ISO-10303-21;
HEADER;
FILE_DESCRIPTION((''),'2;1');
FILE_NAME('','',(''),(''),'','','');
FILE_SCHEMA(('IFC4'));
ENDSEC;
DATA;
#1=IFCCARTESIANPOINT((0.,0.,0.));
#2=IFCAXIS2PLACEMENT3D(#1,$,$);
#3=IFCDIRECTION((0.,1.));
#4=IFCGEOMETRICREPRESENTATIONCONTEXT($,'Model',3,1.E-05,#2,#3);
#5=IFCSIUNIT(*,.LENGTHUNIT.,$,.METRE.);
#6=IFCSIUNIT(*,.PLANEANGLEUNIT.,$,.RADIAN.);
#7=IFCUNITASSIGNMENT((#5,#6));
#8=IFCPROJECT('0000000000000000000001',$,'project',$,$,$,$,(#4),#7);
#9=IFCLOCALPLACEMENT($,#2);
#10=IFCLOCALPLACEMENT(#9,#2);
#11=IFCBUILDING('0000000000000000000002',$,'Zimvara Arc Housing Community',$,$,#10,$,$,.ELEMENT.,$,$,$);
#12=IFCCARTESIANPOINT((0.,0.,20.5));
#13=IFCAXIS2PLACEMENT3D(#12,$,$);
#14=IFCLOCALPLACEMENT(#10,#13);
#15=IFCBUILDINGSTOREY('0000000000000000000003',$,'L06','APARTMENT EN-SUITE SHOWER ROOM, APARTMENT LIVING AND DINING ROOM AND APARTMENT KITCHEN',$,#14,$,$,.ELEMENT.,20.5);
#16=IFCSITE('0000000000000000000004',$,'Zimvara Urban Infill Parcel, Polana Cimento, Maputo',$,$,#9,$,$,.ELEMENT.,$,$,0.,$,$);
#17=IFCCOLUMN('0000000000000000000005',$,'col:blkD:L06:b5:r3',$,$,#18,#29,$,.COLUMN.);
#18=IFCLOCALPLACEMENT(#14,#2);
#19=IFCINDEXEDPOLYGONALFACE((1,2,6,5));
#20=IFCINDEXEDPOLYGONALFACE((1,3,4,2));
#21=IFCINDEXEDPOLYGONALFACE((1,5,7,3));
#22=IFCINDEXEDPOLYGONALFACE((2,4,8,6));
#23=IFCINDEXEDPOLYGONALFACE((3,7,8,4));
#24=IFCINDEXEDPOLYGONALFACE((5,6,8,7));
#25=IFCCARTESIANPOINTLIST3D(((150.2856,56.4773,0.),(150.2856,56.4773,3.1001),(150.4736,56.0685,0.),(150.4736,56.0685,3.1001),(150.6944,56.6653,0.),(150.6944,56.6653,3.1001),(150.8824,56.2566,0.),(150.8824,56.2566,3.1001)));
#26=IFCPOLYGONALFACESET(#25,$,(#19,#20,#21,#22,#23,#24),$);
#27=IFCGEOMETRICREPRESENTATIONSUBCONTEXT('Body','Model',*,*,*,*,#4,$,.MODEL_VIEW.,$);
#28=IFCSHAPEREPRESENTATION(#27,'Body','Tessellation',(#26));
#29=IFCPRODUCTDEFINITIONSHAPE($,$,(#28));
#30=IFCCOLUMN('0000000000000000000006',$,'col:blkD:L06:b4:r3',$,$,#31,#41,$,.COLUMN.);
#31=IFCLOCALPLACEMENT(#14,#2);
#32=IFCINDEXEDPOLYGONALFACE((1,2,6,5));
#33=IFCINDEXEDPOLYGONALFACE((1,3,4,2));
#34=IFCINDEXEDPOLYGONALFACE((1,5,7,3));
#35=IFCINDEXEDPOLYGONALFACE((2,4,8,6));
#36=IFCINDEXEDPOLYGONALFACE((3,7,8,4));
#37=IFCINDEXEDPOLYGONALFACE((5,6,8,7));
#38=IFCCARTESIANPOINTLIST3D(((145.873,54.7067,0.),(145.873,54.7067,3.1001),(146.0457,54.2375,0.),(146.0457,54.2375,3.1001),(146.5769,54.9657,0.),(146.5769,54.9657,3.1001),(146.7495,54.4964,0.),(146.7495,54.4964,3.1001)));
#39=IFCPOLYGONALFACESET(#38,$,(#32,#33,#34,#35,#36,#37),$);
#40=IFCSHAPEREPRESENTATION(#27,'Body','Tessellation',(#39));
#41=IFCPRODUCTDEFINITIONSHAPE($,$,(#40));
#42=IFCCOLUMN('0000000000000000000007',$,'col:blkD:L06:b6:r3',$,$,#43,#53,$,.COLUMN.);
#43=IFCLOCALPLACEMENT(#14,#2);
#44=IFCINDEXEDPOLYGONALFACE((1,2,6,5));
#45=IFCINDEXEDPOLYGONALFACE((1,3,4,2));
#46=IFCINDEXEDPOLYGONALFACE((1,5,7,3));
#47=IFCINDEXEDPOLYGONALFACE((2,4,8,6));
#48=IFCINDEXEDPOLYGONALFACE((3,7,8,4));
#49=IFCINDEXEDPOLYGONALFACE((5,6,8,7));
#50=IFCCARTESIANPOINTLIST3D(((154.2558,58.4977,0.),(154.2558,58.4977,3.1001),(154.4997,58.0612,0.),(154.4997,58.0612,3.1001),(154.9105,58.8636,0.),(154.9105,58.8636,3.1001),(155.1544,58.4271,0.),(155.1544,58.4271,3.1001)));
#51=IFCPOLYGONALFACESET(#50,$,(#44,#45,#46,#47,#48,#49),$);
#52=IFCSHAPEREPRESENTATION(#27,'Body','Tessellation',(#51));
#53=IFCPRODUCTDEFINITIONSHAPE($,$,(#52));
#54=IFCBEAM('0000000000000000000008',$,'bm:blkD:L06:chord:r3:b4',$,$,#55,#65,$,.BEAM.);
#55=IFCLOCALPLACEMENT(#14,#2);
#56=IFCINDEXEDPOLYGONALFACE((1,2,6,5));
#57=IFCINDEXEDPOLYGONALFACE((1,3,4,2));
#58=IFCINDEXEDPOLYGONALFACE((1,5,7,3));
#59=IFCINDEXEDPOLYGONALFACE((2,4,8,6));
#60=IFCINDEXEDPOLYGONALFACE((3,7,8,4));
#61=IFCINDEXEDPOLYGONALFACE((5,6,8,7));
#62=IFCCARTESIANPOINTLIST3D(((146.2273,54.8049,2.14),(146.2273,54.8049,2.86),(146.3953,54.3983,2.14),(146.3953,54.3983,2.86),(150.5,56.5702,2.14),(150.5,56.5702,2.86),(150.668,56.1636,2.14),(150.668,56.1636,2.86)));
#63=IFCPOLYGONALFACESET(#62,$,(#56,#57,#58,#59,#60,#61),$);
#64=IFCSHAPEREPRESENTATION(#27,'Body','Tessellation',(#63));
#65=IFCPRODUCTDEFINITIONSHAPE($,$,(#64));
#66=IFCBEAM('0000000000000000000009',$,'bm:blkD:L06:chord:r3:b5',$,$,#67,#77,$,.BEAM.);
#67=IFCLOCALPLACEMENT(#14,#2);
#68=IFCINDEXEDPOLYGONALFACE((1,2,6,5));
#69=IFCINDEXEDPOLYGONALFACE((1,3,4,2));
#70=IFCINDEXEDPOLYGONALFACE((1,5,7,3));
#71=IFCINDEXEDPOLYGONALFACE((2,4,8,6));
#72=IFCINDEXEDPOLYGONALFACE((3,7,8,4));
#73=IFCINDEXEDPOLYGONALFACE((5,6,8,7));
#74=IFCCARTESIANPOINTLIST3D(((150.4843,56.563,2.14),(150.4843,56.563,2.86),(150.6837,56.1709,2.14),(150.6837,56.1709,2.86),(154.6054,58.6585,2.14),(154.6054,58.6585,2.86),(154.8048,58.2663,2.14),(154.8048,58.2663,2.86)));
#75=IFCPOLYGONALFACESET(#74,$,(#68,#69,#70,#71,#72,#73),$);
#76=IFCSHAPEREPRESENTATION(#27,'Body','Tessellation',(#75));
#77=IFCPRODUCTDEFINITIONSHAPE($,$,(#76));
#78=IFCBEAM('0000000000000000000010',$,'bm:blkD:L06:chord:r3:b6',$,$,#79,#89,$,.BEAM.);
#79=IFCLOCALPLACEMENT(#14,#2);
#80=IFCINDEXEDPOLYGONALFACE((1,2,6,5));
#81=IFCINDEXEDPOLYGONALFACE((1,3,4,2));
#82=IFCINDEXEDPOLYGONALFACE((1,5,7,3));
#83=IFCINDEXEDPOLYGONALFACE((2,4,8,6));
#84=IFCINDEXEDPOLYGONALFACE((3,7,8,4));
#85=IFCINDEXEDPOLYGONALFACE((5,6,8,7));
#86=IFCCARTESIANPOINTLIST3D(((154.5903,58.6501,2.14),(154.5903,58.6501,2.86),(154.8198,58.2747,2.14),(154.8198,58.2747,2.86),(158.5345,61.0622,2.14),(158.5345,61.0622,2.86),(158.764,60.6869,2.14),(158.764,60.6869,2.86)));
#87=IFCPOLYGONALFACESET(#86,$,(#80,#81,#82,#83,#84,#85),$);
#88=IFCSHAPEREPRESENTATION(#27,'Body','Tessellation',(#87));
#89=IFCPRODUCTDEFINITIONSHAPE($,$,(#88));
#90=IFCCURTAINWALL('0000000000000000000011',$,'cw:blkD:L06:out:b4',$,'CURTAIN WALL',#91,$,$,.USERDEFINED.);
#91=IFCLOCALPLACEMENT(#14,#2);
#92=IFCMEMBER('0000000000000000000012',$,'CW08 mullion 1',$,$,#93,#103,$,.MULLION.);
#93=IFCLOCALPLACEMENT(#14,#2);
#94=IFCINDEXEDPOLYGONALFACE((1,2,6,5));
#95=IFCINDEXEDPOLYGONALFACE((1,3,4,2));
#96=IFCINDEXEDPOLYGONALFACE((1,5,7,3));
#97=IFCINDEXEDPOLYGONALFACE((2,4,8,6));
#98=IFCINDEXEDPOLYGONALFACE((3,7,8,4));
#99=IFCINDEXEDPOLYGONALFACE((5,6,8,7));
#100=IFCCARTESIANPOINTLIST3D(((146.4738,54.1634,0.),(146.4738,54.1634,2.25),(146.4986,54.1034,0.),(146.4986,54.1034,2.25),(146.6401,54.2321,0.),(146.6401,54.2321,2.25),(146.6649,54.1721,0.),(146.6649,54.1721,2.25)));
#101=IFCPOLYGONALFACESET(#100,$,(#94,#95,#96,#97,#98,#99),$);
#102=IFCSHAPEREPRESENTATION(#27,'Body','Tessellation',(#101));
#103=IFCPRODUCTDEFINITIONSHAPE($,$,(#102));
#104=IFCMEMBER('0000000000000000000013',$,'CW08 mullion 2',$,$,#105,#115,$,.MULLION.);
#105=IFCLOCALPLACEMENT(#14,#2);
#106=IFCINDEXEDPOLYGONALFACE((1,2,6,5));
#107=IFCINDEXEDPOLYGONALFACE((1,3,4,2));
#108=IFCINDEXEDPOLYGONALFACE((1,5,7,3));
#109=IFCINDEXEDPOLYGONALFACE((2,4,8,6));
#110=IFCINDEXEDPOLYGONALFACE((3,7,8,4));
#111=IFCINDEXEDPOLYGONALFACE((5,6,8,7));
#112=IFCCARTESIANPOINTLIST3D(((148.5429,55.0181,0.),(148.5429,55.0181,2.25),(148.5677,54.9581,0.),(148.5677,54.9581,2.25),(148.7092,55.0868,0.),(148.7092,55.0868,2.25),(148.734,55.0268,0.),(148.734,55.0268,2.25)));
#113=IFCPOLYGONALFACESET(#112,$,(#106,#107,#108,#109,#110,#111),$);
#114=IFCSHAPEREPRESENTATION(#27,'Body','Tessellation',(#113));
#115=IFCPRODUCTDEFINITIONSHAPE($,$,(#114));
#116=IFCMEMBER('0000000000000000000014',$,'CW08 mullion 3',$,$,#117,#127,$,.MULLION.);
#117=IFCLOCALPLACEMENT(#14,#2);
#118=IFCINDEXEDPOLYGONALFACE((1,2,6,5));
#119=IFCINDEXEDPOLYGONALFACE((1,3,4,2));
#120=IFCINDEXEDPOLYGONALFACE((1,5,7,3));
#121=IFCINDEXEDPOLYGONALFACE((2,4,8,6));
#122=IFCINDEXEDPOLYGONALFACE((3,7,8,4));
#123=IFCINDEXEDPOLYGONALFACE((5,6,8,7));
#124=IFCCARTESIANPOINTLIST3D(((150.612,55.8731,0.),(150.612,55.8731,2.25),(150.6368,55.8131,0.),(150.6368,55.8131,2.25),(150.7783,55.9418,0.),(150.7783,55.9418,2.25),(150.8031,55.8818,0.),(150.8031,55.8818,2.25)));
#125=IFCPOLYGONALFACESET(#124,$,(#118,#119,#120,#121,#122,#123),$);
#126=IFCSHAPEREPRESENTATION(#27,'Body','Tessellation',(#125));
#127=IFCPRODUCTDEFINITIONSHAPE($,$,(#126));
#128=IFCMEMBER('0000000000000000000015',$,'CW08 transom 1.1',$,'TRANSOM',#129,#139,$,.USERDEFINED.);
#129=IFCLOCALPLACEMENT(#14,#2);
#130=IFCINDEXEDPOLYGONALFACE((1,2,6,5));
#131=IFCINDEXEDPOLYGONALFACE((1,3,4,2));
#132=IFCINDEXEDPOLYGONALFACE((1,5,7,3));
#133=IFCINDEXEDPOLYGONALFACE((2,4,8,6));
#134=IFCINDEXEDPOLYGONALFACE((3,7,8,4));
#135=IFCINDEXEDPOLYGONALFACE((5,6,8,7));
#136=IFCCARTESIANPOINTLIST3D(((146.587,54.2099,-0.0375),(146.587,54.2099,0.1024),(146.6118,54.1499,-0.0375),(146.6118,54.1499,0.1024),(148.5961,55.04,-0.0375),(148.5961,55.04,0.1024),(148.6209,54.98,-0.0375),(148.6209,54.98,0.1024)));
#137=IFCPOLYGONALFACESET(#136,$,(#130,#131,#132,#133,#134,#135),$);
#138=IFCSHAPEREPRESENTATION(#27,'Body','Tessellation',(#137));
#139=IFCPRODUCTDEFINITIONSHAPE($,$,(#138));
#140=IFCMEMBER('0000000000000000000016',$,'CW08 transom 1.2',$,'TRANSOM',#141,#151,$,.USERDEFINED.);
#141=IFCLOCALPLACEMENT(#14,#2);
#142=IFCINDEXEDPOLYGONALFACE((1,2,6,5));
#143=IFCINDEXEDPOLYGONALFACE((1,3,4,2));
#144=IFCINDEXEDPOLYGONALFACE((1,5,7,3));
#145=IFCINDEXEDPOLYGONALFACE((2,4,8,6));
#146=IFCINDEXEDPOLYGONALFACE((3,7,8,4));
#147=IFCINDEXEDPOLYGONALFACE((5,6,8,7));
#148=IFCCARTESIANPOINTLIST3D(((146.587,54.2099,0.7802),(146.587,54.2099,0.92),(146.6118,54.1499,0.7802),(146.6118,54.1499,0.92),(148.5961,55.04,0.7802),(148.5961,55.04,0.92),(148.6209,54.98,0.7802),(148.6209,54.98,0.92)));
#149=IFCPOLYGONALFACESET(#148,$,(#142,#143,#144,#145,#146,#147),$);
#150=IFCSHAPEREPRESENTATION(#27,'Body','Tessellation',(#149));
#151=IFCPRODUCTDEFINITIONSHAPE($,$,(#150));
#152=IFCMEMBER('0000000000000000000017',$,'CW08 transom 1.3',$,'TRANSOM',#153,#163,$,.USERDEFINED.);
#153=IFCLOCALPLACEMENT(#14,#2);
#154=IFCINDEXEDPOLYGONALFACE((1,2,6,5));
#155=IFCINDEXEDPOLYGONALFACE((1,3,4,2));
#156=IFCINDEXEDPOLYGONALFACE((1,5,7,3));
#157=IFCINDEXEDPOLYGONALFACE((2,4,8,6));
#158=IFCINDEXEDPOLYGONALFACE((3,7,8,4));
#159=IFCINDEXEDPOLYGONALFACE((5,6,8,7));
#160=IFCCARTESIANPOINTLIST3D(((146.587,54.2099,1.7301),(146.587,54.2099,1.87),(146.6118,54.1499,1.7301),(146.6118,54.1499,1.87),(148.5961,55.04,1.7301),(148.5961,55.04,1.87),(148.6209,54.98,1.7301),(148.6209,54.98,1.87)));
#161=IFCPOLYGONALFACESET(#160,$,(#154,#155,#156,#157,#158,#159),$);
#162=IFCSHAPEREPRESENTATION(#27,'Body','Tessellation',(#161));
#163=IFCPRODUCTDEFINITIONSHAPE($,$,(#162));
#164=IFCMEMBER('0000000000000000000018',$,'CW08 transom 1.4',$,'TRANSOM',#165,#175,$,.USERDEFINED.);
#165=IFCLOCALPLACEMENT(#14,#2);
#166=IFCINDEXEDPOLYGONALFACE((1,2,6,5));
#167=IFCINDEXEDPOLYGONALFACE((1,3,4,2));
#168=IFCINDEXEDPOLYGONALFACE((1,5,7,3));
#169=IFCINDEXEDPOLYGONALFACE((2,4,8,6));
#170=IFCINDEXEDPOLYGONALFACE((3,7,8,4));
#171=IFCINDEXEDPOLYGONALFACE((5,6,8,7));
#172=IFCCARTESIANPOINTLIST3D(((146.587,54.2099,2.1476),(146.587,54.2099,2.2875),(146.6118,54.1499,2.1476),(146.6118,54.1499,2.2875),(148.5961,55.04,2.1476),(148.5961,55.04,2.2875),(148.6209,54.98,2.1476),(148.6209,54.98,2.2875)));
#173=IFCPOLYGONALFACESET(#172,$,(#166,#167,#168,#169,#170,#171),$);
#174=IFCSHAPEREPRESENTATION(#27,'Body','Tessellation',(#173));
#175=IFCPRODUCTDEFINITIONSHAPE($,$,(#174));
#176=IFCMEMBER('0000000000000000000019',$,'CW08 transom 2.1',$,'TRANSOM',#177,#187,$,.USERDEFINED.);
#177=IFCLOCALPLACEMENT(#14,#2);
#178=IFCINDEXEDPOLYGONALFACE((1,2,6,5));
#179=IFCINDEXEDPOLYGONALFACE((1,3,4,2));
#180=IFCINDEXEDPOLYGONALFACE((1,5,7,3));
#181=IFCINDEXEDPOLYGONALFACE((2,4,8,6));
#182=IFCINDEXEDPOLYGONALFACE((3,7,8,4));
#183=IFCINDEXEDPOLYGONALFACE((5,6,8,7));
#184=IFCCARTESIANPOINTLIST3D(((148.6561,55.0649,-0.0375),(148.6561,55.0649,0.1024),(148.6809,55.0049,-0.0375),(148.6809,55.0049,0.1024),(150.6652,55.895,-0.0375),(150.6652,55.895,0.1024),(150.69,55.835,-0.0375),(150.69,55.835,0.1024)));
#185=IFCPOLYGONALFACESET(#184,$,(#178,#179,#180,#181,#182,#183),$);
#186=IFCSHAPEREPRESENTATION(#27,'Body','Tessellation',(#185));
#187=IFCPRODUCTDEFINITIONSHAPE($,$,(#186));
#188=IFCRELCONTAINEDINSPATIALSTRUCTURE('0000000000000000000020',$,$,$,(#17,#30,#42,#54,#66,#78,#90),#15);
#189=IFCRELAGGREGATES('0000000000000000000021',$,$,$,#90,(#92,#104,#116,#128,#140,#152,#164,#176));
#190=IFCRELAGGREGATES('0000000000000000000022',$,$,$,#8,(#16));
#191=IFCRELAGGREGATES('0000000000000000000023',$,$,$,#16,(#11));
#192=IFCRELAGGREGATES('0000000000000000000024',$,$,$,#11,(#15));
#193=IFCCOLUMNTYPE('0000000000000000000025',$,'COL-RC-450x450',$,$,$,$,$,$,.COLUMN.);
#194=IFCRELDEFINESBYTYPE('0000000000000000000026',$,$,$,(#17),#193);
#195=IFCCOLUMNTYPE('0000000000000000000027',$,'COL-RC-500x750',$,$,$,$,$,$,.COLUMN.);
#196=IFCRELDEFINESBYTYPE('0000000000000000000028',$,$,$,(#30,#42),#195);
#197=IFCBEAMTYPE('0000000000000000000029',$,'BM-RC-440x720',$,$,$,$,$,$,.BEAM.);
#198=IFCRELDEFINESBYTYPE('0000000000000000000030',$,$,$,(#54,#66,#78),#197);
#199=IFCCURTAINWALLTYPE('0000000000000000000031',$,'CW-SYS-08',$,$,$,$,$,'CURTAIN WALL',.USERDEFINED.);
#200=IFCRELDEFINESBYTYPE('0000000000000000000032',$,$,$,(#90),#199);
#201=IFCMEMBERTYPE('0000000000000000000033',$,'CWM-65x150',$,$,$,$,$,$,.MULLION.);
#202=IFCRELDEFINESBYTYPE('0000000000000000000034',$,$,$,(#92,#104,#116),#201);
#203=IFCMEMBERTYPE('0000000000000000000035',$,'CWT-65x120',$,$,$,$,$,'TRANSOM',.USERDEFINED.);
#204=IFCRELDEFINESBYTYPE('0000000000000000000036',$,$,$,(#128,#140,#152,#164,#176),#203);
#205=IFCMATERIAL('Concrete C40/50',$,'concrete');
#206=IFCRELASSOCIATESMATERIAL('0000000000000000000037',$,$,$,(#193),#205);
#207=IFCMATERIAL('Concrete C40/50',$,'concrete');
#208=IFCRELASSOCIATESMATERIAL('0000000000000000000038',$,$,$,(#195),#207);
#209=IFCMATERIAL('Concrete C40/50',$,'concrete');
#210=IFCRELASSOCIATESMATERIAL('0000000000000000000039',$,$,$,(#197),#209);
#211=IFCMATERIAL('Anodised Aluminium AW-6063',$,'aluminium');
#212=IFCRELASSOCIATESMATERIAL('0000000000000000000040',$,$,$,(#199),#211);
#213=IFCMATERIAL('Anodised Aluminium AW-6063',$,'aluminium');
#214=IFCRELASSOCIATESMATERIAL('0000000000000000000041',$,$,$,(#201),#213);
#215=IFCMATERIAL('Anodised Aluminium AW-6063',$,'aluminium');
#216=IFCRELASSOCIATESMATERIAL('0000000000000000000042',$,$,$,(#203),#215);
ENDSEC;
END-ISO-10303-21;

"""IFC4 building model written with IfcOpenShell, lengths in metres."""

from ifc_helpers import new_model, si_unit, direction, frame, origin, origin_2d, place, context, subcontext, project, spatial, rectangle, extrude, material, material_profile, profile_set, type_object, element, aggregate, save


model = new_model("IFC4")

# Units and contexts
model_context = context("Model", 3, precision=1e-05, world=origin(), true_north=direction((0.0, 1.0)))
body_context = subcontext(model_context, "Body", "Model", "MODEL_VIEW")
ifc_project = project(units=[si_unit("LENGTHUNIT", "METRE"), si_unit("PLANEANGLEUNIT", "RADIAN")], contexts=[model_context])

# Site, building, storey
site_placement = place(None, origin())
site = spatial("IfcSite", under=ifc_project, at=site_placement, Name="Zimvara Urban Infill Parcel, Polana Cimento, Maputo", CompositionType="ELEMENT", RefElevation=0.0)
building_placement = place(site_placement, origin())
building = spatial("IfcBuilding", under=site, at=building_placement, Name="Zimvara Arc Housing Community", CompositionType="ELEMENT")
storey_placement = place(building_placement, frame((0.0, 0.0, 20.5)))
storey = spatial("IfcBuildingStorey", under=building, at=storey_placement, Name="L06", Description="APARTMENT EN-SUITE SHOWER ROOM, APARTMENT LIVING AND DINING ROOM AND APARTMENT KITCHEN", CompositionType="ELEMENT", Elevation=20.5)

# Columns
ifc_material_1 = material(Name="Concrete C40/50", Category="concrete")
ifc_material_profile_1 = material_profile(ifc_material_1, rectangle(XDim=0.45, YDim=0.45, at=origin_2d()), Name="RC 450x450")
ifc_profile_set_1 = profile_set([ifc_material_profile_1], Name="Concrete C40/50")
column_type_1 = type_object("IfcColumnType", Name="COL-RC-450x450", PredefinedType="COLUMN", material=ifc_profile_set_1)
column_placement = place(storey_placement, frame((150.584, 56.3669, 0.0), z_axis=(0.0, 0.0, 1.0), x_axis=(0.417867, -0.908508, 0.0)))
element("IfcColumn", 1, at=column_placement, inside=storey, type_object=column_type_1, Name="col:blkD:L06:b5:r3", PredefinedType="COLUMN", context=body_context, shape_type="SweptSolid", body=[
    extrude(rectangle(XDim=0.45, YDim=0.45, at=origin_2d()), origin(), (0.0, 0.0, 1.0), 3.1001),
])
ifc_material_2 = material(Name="Concrete C40/50", Category="concrete")
ifc_material_profile_2 = material_profile(ifc_material_2, rectangle(XDim=0.5, YDim=0.75, at=origin_2d()), Name="RC 500x750")
ifc_profile_set_2 = profile_set([ifc_material_profile_2], Name="Concrete C40/50")
column_type_2 = type_object("IfcColumnType", Name="COL-RC-500x750", PredefinedType="COLUMN", material=ifc_profile_set_2)
for number, where, z_axis, x_axis, name in (
    (2, (146.3113, 54.6016, 0.0), (0.0, 0.0, 1.0), (0.345298, -0.938493, 0.0), "col:blkD:L06:b4:r3"),
    (3, (154.7051, 58.4624, 0.0), (0.0, 0.0, 1.0), (0.48786, -0.872922, 0.0), "col:blkD:L06:b6:r3"),
):
    element("IfcColumn", number, at=place(storey_placement, frame(where, z_axis=z_axis, x_axis=x_axis)), inside=storey, type_object=column_type_2, Name=name, PredefinedType="COLUMN", context=body_context, shape_type="SweptSolid", body=[
        extrude(rectangle(XDim=0.5, YDim=0.75, at=origin_2d()), origin(), (0.0, 0.0, 1.0), 3.1001),
    ])

# Beams
ifc_material_3 = material(Name="Concrete C40/50", Category="concrete")
ifc_material_profile_3 = material_profile(ifc_material_3, rectangle(XDim=0.4399, YDim=0.72, at=origin_2d()), Name="RC 440x720")
ifc_profile_set_3 = profile_set([ifc_material_profile_3], Name="Concrete C40/50")
beam_type = type_object("IfcBeamType", Name="BM-RC-440x720", PredefinedType="BEAM", material=ifc_profile_set_3)
beam_placement = place(storey_placement, frame((146.3113, 54.6016, 2.5), z_axis=(0.924218, 0.381865, 0.0), x_axis=(-0.381865, 0.924218, 0.0)))
element("IfcBeam", 4, at=beam_placement, inside=storey, type_object=beam_type, Name="bm:blkD:L06:chord:r3:b4", PredefinedType="BEAM", context=body_context, shape_type="SweptSolid", body=[
    extrude(rectangle(XDim=0.4399, YDim=0.72, at=origin_2d()), origin(), (0.0, 0.0, 1.0), 4.623),
])
for number, where, z_axis, x_axis, name in (
    (5, (150.584, 56.3669, 2.5), (0.891386, 0.453245, 0.0), (-0.453245, 0.891386, 0.0), "bm:blkD:L06:chord:r3:b5"),
    (6, (154.7051, 58.4624, 2.5), (0.853106, 0.521738, 0.0), (-0.521738, 0.853106, 0.0), "bm:blkD:L06:chord:r3:b6"),
):
    element("IfcBeam", number, at=place(storey_placement, frame(where, z_axis=z_axis, x_axis=x_axis)), inside=storey, type_object=beam_type, Name=name, PredefinedType="BEAM", context=body_context, shape_type="SweptSolid", body=[
        extrude(rectangle(XDim=0.4399, YDim=0.72, at=origin_2d()), origin(), (0.0, 0.0, 1.0), 4.6233),
    ])

# Curtain wall, members
ifc_material_4 = material(Name="Anodised Aluminium AW-6063", Category="aluminium")
curtain_wall_type = type_object("IfcCurtainWallType", Name="CW-SYS-08", ElementType="CURTAIN WALL", PredefinedType="USERDEFINED", material=ifc_material_4)
curtain_wall_placement = place(storey_placement, origin())
curtain_wall = element("IfcCurtainWall", 7, at=curtain_wall_placement, inside=storey, type_object=curtain_wall_type, Name="cw:blkD:L06:out:b4", ObjectType="CURTAIN WALL", PredefinedType="USERDEFINED")
ifc_material_5 = material(Name="Anodised Aluminium AW-6063", Category="aluminium")
ifc_material_profile_4 = material_profile(ifc_material_5, rectangle(XDim=0.0649, YDim=0.1799, at=origin_2d()), Name="ALU 65x180")
ifc_profile_set_4 = profile_set([ifc_material_profile_4], Name="Anodised Aluminium AW-6063")
member_type_1 = type_object("IfcMemberType", Name="CWM-65x150", PredefinedType="MULLION", material=ifc_profile_set_4)
member_1_placement = place(storey_placement, frame((146.5693, 54.1677, 0.0), z_axis=(0.0, 0.0, 1.0), x_axis=(-0.381876, 0.924213, 0.0)))
member_1 = element("IfcMember", 8, at=member_1_placement, type_object=member_type_1, Name="CW08 mullion 1", PredefinedType="MULLION", context=body_context, shape_type="SweptSolid", body=[
    extrude(rectangle(XDim=0.0649, YDim=0.1799, at=origin_2d()), origin(), (0.0, 0.0, 1.0), 2.25),
])
member_2_placement = place(storey_placement, frame((148.6384, 55.0225, 0.0), z_axis=(0.0, 0.0, 1.0), x_axis=(-0.381876, 0.924213, 0.0)))
member_2 = element("IfcMember", 9, at=member_2_placement, type_object=member_type_1, Name="CW08 mullion 2", PredefinedType="MULLION", context=body_context, shape_type="SweptSolid", body=[
    extrude(rectangle(XDim=0.0649, YDim=0.1799, at=origin_2d()), origin(), (0.0, 0.0, 1.0), 2.25),
])
member_3_placement = place(storey_placement, frame((150.7075, 55.8774, 0.0), z_axis=(0.0, 0.0, 1.0), x_axis=(-0.381876, 0.924213, 0.0)))
member_3 = element("IfcMember", 10, at=member_3_placement, type_object=member_type_1, Name="CW08 mullion 3", PredefinedType="MULLION", context=body_context, shape_type="SweptSolid", body=[
    extrude(rectangle(XDim=0.0649, YDim=0.1799, at=origin_2d()), origin(), (0.0, 0.0, 1.0), 2.25),
])
ifc_material_6 = material(Name="Anodised Aluminium AW-6063", Category="aluminium")
ifc_material_profile_5 = material_profile(ifc_material_6, rectangle(XDim=0.0649, YDim=0.1399, at=origin_2d()), Name="ALU 65x140")
ifc_profile_set_5 = profile_set([ifc_material_profile_5], Name="Anodised Aluminium AW-6063")
member_type_2 = type_object("IfcMemberType", Name="CWT-65x120", ElementType="TRANSOM", PredefinedType="USERDEFINED", material=ifc_profile_set_5)
member_4_placement = place(storey_placement, frame((146.5994, 54.1799, 0.0325), z_axis=(0.924219, 0.381862, 0.0), x_axis=(-0.381862, 0.924219, 0.0)))
member_4 = element("IfcMember", 11, at=member_4_placement, type_object=member_type_2, Name="CW08 transom 1.1", ObjectType="TRANSOM", PredefinedType="USERDEFINED", context=body_context, shape_type="SweptSolid", body=[
    extrude(rectangle(XDim=0.0649, YDim=0.1399, at=origin_2d()), origin(), (0.0, 0.0, 1.0), 2.1738),
])
member_5_placement = place(storey_placement, frame((146.5994, 54.1799, 0.8501), z_axis=(0.924219, 0.381862, 0.0), x_axis=(-0.381862, 0.924219, 0.0)))
member_5 = element("IfcMember", 12, at=member_5_placement, type_object=member_type_2, Name="CW08 transom 1.2", ObjectType="TRANSOM", PredefinedType="USERDEFINED", context=body_context, shape_type="SweptSolid", body=[
    extrude(rectangle(XDim=0.0649, YDim=0.1399, at=origin_2d()), origin(), (0.0, 0.0, 1.0), 2.1738),
])
member_6_placement = place(storey_placement, frame((146.5994, 54.1799, 1.8), z_axis=(0.924219, 0.381862, 0.0), x_axis=(-0.381862, 0.924219, 0.0)))
member_6 = element("IfcMember", 13, at=member_6_placement, type_object=member_type_2, Name="CW08 transom 1.3", ObjectType="TRANSOM", PredefinedType="USERDEFINED", context=body_context, shape_type="SweptSolid", body=[
    extrude(rectangle(XDim=0.0649, YDim=0.1399, at=origin_2d()), origin(), (0.0, 0.0, 1.0), 2.1738),
])
member_7_placement = place(storey_placement, frame((146.5994, 54.1799, 2.2175), z_axis=(0.924219, 0.381862, 0.0), x_axis=(-0.381862, 0.924219, 0.0)))
member_7 = element("IfcMember", 14, at=member_7_placement, type_object=member_type_2, Name="CW08 transom 1.4", ObjectType="TRANSOM", PredefinedType="USERDEFINED", context=body_context, shape_type="SweptSolid", body=[
    extrude(rectangle(XDim=0.0649, YDim=0.1399, at=origin_2d()), origin(), (0.0, 0.0, 1.0), 2.1738),
])
member_8_placement = place(storey_placement, frame((148.6685, 55.0349, 0.0325), z_axis=(0.924219, 0.381862, 0.0), x_axis=(-0.381862, 0.924219, 0.0)))
member_8 = element("IfcMember", 15, at=member_8_placement, type_object=member_type_2, Name="CW08 transom 2.1", ObjectType="TRANSOM", PredefinedType="USERDEFINED", context=body_context, shape_type="SweptSolid", body=[
    extrude(rectangle(XDim=0.0649, YDim=0.1399, at=origin_2d()), origin(), (0.0, 0.0, 1.0), 2.1738),
])
aggregate(curtain_wall, [member_1, member_2, member_3, member_4, member_5, member_6, member_7, member_8])

save(model, "model.ifc")
